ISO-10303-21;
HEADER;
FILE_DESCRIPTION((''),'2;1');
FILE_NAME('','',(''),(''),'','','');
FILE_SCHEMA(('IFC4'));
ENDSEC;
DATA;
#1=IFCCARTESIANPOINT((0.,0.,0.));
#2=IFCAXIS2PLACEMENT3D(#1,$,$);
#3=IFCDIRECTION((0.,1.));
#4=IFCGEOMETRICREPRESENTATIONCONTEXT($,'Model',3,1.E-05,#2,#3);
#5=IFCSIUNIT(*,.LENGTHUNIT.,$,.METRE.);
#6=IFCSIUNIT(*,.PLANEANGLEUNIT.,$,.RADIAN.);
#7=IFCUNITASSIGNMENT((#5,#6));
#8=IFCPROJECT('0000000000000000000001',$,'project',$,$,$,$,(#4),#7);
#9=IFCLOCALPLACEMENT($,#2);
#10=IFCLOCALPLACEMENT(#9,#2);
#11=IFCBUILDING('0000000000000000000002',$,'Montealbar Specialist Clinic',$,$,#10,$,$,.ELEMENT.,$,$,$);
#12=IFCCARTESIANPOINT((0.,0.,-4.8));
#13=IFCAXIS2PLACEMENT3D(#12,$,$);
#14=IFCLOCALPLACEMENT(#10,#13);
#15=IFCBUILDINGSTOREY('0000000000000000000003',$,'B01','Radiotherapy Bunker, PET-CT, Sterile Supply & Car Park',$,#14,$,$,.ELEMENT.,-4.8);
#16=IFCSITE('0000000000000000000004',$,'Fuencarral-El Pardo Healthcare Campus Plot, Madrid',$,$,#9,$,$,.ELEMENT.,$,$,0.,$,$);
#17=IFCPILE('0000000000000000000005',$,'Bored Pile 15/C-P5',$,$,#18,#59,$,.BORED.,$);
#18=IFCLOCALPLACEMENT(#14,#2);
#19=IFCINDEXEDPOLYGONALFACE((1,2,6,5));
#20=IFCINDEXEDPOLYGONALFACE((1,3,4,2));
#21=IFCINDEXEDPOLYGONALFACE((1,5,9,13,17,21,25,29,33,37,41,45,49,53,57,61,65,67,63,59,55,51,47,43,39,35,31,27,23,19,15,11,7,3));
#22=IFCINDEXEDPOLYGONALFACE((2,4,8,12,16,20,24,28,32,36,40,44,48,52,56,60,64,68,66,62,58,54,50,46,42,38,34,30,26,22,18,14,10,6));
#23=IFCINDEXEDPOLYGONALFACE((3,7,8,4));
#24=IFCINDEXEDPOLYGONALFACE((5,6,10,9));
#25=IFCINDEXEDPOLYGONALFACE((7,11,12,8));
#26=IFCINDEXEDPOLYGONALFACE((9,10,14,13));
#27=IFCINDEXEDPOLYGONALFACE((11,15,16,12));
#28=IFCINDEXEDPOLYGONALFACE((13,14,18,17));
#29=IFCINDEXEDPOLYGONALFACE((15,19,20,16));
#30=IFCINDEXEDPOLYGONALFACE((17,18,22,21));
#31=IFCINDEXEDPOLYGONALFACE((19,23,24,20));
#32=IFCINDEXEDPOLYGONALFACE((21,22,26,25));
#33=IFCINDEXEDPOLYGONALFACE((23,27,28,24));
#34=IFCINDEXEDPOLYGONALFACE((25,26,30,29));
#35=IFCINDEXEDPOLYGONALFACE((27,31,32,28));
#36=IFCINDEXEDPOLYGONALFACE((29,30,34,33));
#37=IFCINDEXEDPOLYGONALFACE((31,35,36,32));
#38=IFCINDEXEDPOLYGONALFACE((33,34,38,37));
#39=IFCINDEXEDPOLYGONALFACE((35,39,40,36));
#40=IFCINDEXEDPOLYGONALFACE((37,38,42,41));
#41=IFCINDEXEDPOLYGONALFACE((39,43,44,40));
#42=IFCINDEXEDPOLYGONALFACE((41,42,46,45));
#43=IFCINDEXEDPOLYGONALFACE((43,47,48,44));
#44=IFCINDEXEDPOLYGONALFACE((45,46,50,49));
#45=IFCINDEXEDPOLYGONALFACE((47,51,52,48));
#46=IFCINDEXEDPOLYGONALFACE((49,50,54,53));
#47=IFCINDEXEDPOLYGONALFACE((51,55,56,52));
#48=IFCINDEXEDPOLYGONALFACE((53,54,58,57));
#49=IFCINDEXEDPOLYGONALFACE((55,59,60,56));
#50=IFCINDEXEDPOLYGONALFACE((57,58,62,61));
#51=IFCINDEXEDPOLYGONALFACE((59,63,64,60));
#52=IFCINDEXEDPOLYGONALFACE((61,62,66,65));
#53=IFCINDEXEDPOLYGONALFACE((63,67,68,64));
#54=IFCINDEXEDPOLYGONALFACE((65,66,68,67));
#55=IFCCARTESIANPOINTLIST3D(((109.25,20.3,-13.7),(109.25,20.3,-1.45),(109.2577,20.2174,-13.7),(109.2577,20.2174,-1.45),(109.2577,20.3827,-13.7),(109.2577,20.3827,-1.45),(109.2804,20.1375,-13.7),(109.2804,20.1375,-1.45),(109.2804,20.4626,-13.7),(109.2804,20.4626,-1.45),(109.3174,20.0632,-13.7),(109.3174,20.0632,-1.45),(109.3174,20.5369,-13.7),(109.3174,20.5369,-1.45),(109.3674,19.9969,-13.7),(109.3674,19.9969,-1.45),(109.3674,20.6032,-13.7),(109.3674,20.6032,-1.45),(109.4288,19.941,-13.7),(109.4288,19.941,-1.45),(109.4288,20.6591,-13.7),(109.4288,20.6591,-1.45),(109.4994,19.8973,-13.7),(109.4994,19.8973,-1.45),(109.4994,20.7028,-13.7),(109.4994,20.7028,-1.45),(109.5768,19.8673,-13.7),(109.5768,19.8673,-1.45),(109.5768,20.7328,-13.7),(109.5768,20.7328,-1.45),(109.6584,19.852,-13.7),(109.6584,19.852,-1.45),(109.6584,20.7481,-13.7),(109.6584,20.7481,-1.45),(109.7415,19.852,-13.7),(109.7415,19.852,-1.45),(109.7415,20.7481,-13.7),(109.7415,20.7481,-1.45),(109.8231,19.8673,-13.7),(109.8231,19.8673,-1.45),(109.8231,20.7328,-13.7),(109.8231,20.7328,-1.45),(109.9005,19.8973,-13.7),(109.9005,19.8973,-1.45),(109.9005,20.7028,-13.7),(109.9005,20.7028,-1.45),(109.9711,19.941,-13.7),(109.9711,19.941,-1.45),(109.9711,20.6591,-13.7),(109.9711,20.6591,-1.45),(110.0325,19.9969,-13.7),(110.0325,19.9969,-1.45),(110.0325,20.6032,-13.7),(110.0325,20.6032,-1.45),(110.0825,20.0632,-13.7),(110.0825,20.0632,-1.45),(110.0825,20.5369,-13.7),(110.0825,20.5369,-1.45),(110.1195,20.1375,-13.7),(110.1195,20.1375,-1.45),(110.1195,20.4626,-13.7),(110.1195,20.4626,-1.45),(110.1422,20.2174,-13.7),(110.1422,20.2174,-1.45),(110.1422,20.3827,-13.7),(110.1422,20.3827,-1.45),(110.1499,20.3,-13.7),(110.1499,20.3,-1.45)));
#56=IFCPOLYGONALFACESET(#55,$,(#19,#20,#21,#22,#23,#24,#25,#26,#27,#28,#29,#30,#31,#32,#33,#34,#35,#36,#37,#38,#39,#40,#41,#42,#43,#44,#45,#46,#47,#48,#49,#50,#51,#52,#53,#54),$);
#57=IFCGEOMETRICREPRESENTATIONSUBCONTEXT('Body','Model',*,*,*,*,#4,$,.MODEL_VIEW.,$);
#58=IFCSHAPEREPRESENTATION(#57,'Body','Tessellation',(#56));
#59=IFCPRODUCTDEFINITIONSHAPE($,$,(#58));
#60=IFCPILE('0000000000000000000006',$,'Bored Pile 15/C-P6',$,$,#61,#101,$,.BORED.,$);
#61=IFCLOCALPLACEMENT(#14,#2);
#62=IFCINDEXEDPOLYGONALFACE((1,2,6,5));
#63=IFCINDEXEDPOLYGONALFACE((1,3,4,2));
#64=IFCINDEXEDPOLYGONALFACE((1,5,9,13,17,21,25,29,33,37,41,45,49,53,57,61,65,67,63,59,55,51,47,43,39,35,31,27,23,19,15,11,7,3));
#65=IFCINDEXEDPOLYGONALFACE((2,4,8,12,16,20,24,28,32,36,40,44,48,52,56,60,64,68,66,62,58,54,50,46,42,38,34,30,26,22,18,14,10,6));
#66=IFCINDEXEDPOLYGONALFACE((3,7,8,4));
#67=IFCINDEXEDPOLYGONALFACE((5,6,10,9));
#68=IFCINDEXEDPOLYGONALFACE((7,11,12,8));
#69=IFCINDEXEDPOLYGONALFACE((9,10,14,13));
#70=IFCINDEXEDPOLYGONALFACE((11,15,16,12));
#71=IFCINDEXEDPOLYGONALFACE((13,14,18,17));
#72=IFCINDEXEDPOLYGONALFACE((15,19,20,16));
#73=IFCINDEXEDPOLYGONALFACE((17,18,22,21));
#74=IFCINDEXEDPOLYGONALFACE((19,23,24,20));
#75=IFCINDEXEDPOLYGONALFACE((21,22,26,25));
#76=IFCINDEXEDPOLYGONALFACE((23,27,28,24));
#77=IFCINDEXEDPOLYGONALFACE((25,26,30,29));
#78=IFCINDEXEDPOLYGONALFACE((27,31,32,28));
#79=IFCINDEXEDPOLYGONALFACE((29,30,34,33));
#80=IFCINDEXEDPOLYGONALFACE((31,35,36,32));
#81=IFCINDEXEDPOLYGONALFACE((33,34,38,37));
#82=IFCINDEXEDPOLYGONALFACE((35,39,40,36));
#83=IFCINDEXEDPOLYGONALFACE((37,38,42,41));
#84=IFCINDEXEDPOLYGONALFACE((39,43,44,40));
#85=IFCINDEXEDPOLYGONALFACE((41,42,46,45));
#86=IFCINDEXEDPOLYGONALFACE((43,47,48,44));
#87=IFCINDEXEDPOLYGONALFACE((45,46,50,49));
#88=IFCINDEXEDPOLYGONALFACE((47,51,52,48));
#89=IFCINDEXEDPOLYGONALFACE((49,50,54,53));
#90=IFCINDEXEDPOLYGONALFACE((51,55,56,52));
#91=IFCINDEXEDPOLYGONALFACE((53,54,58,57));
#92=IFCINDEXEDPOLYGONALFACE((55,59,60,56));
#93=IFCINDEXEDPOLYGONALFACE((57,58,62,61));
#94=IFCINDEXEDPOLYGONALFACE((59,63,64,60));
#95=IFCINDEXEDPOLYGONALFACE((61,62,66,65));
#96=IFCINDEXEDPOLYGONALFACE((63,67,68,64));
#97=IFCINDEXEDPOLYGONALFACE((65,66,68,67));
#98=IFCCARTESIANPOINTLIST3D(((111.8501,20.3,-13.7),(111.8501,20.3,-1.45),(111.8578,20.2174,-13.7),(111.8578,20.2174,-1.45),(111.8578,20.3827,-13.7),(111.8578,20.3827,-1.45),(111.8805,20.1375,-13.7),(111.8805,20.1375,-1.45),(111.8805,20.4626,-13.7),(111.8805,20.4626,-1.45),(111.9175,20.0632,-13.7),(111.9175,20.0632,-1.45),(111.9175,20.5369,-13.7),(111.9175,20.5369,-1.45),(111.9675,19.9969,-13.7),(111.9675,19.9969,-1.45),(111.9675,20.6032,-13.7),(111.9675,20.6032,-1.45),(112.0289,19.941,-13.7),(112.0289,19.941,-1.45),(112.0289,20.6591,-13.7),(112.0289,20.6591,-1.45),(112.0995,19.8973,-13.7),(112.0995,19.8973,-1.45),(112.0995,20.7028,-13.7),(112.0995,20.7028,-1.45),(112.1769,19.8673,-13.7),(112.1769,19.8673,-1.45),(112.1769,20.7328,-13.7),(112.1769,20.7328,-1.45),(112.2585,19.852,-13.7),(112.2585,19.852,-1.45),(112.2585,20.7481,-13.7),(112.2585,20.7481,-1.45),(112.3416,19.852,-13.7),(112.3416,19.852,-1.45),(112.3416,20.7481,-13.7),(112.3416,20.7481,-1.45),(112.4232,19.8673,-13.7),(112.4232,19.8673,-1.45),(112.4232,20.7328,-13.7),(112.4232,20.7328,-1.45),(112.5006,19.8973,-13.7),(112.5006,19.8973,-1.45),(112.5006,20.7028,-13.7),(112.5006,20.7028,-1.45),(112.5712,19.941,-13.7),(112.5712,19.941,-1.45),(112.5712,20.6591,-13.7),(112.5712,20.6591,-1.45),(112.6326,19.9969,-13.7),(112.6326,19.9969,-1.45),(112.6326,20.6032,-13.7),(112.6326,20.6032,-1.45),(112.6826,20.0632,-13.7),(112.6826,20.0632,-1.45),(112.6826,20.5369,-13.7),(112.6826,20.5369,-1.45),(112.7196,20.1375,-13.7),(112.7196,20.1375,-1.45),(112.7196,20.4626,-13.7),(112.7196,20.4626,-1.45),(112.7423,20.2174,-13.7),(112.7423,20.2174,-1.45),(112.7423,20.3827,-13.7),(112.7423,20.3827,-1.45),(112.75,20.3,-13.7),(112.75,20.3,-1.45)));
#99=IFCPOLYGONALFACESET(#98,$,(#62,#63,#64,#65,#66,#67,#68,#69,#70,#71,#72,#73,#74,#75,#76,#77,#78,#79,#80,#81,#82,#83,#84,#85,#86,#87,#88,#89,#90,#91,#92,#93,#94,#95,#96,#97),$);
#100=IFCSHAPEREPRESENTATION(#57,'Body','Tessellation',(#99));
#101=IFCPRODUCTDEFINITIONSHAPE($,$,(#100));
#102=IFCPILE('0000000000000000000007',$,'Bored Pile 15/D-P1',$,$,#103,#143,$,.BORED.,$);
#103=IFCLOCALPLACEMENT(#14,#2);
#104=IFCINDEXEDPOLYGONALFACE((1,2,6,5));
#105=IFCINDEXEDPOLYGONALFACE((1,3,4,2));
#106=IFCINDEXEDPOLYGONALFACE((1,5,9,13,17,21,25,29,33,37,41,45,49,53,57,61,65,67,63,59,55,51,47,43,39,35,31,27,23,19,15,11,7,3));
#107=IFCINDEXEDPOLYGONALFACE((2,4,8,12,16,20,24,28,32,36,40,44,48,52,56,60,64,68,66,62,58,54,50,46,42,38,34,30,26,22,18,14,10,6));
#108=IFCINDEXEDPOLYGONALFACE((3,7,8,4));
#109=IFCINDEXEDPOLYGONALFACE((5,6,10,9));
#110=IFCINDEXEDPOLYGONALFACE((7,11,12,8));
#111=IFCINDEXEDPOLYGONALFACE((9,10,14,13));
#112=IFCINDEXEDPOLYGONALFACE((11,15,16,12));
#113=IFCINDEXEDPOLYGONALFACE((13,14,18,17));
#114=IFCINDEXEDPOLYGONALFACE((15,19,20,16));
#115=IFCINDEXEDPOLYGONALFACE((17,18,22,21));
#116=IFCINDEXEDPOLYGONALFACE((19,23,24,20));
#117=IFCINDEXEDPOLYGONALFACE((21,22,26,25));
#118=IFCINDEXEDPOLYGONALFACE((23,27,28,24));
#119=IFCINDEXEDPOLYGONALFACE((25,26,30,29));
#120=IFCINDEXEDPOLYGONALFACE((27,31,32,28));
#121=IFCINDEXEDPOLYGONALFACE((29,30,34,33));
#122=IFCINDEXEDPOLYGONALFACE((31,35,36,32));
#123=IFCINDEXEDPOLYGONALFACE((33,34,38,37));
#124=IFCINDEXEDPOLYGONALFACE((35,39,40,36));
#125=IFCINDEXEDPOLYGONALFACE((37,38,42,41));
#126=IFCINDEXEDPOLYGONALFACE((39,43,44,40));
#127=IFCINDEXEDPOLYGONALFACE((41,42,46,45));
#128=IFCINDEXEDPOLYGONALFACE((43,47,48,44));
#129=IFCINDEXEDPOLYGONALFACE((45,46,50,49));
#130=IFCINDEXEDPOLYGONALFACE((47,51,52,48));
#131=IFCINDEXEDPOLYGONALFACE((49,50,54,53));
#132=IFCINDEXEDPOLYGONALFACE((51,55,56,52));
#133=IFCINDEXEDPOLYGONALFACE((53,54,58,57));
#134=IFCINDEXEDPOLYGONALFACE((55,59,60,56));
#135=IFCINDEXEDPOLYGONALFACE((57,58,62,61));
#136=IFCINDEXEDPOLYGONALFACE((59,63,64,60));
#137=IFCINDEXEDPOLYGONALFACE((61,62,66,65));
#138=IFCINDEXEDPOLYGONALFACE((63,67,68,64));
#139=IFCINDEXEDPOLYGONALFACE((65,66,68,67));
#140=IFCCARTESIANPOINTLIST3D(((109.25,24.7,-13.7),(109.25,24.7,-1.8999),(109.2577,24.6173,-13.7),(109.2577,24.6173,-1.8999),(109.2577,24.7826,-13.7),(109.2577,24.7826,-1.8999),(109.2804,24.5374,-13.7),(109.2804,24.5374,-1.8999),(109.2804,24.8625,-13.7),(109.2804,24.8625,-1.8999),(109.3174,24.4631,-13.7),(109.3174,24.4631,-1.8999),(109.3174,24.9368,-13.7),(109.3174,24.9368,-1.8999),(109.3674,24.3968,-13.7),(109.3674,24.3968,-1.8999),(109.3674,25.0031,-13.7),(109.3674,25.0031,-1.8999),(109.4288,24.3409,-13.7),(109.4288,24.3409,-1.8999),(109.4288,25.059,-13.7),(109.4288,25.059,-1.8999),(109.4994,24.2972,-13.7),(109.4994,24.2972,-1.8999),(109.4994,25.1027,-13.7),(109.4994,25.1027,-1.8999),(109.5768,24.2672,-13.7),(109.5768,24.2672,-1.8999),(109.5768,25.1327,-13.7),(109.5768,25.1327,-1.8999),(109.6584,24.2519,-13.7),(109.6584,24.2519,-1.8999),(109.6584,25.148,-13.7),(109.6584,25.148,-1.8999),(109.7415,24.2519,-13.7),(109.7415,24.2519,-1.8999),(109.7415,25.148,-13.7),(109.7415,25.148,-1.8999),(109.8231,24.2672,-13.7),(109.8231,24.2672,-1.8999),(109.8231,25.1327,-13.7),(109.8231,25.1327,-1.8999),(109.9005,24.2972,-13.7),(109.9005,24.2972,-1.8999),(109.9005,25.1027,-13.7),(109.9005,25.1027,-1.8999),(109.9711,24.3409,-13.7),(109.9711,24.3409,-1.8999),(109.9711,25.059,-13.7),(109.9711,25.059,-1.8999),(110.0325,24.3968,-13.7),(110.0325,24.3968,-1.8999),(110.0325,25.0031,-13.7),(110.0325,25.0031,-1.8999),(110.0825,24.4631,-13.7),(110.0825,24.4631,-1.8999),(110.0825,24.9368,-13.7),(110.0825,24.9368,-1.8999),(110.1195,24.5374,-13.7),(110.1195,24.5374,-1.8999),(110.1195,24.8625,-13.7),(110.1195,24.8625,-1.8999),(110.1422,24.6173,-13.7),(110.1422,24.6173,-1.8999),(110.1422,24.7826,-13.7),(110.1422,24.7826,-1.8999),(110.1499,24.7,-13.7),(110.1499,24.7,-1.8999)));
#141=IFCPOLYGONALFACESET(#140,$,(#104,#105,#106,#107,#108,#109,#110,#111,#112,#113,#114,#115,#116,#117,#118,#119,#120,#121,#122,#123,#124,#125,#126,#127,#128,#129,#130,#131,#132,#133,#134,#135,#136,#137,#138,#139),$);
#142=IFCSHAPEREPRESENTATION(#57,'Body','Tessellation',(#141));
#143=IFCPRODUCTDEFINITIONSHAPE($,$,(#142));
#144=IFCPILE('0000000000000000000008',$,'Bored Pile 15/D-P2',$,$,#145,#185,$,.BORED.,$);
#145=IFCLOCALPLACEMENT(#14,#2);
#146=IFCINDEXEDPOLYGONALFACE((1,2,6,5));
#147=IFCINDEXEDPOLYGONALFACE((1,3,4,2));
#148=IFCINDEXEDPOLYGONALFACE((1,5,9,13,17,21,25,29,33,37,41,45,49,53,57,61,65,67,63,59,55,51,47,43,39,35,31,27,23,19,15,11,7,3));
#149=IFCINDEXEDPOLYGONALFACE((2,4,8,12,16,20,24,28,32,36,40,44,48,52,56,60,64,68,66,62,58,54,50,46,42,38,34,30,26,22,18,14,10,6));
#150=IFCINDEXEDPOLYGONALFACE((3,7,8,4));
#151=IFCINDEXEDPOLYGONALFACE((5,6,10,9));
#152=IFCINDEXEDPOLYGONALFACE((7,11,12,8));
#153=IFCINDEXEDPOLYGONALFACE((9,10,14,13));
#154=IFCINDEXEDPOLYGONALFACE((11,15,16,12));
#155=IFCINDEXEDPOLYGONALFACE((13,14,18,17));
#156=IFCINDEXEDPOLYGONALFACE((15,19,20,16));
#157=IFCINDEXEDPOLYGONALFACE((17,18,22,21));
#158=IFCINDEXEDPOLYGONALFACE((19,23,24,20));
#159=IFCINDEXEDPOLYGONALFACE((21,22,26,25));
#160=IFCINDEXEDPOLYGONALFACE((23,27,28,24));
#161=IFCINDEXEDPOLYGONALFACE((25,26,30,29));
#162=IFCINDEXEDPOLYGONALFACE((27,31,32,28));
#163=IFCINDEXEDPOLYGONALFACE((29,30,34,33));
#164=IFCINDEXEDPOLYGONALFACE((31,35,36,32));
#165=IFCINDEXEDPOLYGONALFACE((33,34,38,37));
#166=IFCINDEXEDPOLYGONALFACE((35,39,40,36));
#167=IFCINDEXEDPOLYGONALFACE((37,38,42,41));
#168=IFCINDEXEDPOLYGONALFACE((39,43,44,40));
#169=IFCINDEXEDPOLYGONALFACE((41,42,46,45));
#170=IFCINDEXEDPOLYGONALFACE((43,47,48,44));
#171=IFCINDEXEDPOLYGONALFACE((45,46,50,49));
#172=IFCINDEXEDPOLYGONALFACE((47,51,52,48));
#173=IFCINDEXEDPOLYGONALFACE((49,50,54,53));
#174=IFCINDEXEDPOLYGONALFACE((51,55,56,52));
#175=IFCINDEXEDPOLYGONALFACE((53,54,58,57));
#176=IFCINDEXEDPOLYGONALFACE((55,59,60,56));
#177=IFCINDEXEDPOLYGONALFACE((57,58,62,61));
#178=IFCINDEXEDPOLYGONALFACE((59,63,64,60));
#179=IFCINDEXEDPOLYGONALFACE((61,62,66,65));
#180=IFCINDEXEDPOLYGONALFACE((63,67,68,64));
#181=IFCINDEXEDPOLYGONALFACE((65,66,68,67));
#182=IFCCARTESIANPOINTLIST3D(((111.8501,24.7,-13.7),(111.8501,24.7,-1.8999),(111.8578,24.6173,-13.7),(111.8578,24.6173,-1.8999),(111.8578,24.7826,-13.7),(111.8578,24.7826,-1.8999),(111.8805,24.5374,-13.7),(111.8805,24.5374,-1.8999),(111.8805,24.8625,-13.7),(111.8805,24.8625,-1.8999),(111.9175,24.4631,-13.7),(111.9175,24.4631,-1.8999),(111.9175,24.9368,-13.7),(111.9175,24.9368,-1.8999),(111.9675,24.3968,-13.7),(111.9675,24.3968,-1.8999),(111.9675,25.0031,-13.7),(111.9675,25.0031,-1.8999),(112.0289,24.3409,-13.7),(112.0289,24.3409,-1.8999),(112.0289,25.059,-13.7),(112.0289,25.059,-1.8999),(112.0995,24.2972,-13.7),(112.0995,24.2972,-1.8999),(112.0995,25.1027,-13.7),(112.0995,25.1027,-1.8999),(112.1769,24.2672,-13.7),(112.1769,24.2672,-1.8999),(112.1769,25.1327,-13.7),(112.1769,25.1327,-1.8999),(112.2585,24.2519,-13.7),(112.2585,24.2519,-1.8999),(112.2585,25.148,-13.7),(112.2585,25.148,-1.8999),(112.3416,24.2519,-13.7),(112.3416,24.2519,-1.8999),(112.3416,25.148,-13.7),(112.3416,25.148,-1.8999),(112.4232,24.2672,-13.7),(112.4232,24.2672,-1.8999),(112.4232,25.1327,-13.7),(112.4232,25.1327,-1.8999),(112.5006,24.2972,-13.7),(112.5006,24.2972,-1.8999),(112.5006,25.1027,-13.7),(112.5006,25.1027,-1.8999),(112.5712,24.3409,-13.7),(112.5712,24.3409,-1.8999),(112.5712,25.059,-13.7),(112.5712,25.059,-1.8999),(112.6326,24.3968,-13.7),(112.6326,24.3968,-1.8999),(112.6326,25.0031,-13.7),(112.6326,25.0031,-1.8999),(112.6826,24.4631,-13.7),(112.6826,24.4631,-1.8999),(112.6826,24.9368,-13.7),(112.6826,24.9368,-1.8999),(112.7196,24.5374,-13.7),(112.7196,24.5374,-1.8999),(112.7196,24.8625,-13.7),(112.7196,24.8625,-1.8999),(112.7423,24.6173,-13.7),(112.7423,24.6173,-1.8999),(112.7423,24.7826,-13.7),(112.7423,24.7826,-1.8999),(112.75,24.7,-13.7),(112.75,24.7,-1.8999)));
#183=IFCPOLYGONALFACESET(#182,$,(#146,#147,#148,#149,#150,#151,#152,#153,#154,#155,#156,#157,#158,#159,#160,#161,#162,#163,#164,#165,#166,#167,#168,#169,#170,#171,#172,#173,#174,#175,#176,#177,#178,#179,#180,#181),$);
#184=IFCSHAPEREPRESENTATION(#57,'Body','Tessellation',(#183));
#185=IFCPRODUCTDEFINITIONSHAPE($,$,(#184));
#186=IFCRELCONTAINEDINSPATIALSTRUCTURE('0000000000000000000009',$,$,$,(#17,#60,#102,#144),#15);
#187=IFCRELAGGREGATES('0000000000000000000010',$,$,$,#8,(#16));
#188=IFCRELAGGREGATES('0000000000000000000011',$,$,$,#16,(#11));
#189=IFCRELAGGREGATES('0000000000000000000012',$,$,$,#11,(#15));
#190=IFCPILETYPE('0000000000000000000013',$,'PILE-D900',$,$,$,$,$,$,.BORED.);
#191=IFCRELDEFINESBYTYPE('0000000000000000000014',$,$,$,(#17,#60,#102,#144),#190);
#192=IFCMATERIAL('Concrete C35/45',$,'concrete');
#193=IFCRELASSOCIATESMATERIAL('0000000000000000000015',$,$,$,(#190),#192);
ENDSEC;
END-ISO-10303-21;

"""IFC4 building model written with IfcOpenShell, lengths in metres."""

from ifc_helpers import new_model, si_unit, direction, frame, origin, origin_2d, place, context, subcontext, project, spatial, circle, extrude, material, material_profile, profile_set, type_object, element, save


model = new_model("IFC4")

# Units and contexts
model_context = context("Model", 3, precision=1e-05, world=origin(), true_north=direction((0.0, 1.0)))
body_context = subcontext(model_context, "Body", "Model", "MODEL_VIEW")
ifc_project = project(units=[si_unit("LENGTHUNIT", "METRE"), si_unit("PLANEANGLEUNIT", "RADIAN")], contexts=[model_context])

# Site, building, storey
site_placement = place(None, origin())
site = spatial("IfcSite", under=ifc_project, at=site_placement, Name="Fuencarral-El Pardo Healthcare Campus Plot, Madrid", CompositionType="ELEMENT", RefElevation=0.0)
building_placement = place(site_placement, origin())
building = spatial("IfcBuilding", under=site, at=building_placement, Name="Montealbar Specialist Clinic", CompositionType="ELEMENT")
storey_placement = place(building_placement, frame((0.0, 0.0, -4.8)))
storey = spatial("IfcBuildingStorey", under=building, at=storey_placement, Name="B01", Description="Radiotherapy Bunker, PET-CT, Sterile Supply & Car Park", CompositionType="ELEMENT", Elevation=-4.8)

# Shared definitions
ifc_material_1 = material(Name="Concrete C35/45", Category="concrete")

# Piles
ifc_material_profile_1 = material_profile(ifc_material_1, circle(Radius=0.45, at=origin_2d()), Name="PILE D900", Category="concrete")
ifc_profile_set_1 = profile_set([ifc_material_profile_1], Name="Concrete C35/45")
pile_type_1 = type_object("IfcPileType", Name="PILE-D900", PredefinedType="BORED", material=ifc_profile_set_1)
for number, where, z_axis, x_axis, name in (
    (1, (109.7, 20.3, -1.45), (0.0, 0.0, -1.0), (1.0, 0.0, 0.0), "Bored Pile 15/C-P5"),
    (2, (112.3, 20.3, -1.45), (0.0, 0.0, -1.0), (1.0, 0.0, 0.0), "Bored Pile 15/C-P6"),
):
    element("IfcPile", number, at=place(storey_placement, frame(where, z_axis=z_axis, x_axis=x_axis)), inside=storey, type_object=pile_type_1, Name=name, PredefinedType="BORED", context=body_context, shape_type="SweptSolid", body=[
        extrude(circle(Radius=0.45, at=origin_2d()), origin(), (0.0, 0.0, 1.0), 12.25),
    ])
for number, where, z_axis, x_axis, name in (
    (3, (109.7, 24.7, -1.8999), (0.0, 0.0, -1.0), (1.0, 0.0, 0.0), "Bored Pile 15/D-P1"),
    (4, (112.3, 24.7, -1.8999), (0.0, 0.0, -1.0), (1.0, 0.0, 0.0), "Bored Pile 15/D-P2"),
):
    element("IfcPile", number, at=place(storey_placement, frame(where, z_axis=z_axis, x_axis=x_axis)), inside=storey, type_object=pile_type_1, Name=name, PredefinedType="BORED", context=body_context, shape_type="SweptSolid", body=[
        extrude(circle(Radius=0.45, at=origin_2d()), origin(), (0.0, 0.0, 1.0), 11.8),
    ])

save(model, "model.ifc")
